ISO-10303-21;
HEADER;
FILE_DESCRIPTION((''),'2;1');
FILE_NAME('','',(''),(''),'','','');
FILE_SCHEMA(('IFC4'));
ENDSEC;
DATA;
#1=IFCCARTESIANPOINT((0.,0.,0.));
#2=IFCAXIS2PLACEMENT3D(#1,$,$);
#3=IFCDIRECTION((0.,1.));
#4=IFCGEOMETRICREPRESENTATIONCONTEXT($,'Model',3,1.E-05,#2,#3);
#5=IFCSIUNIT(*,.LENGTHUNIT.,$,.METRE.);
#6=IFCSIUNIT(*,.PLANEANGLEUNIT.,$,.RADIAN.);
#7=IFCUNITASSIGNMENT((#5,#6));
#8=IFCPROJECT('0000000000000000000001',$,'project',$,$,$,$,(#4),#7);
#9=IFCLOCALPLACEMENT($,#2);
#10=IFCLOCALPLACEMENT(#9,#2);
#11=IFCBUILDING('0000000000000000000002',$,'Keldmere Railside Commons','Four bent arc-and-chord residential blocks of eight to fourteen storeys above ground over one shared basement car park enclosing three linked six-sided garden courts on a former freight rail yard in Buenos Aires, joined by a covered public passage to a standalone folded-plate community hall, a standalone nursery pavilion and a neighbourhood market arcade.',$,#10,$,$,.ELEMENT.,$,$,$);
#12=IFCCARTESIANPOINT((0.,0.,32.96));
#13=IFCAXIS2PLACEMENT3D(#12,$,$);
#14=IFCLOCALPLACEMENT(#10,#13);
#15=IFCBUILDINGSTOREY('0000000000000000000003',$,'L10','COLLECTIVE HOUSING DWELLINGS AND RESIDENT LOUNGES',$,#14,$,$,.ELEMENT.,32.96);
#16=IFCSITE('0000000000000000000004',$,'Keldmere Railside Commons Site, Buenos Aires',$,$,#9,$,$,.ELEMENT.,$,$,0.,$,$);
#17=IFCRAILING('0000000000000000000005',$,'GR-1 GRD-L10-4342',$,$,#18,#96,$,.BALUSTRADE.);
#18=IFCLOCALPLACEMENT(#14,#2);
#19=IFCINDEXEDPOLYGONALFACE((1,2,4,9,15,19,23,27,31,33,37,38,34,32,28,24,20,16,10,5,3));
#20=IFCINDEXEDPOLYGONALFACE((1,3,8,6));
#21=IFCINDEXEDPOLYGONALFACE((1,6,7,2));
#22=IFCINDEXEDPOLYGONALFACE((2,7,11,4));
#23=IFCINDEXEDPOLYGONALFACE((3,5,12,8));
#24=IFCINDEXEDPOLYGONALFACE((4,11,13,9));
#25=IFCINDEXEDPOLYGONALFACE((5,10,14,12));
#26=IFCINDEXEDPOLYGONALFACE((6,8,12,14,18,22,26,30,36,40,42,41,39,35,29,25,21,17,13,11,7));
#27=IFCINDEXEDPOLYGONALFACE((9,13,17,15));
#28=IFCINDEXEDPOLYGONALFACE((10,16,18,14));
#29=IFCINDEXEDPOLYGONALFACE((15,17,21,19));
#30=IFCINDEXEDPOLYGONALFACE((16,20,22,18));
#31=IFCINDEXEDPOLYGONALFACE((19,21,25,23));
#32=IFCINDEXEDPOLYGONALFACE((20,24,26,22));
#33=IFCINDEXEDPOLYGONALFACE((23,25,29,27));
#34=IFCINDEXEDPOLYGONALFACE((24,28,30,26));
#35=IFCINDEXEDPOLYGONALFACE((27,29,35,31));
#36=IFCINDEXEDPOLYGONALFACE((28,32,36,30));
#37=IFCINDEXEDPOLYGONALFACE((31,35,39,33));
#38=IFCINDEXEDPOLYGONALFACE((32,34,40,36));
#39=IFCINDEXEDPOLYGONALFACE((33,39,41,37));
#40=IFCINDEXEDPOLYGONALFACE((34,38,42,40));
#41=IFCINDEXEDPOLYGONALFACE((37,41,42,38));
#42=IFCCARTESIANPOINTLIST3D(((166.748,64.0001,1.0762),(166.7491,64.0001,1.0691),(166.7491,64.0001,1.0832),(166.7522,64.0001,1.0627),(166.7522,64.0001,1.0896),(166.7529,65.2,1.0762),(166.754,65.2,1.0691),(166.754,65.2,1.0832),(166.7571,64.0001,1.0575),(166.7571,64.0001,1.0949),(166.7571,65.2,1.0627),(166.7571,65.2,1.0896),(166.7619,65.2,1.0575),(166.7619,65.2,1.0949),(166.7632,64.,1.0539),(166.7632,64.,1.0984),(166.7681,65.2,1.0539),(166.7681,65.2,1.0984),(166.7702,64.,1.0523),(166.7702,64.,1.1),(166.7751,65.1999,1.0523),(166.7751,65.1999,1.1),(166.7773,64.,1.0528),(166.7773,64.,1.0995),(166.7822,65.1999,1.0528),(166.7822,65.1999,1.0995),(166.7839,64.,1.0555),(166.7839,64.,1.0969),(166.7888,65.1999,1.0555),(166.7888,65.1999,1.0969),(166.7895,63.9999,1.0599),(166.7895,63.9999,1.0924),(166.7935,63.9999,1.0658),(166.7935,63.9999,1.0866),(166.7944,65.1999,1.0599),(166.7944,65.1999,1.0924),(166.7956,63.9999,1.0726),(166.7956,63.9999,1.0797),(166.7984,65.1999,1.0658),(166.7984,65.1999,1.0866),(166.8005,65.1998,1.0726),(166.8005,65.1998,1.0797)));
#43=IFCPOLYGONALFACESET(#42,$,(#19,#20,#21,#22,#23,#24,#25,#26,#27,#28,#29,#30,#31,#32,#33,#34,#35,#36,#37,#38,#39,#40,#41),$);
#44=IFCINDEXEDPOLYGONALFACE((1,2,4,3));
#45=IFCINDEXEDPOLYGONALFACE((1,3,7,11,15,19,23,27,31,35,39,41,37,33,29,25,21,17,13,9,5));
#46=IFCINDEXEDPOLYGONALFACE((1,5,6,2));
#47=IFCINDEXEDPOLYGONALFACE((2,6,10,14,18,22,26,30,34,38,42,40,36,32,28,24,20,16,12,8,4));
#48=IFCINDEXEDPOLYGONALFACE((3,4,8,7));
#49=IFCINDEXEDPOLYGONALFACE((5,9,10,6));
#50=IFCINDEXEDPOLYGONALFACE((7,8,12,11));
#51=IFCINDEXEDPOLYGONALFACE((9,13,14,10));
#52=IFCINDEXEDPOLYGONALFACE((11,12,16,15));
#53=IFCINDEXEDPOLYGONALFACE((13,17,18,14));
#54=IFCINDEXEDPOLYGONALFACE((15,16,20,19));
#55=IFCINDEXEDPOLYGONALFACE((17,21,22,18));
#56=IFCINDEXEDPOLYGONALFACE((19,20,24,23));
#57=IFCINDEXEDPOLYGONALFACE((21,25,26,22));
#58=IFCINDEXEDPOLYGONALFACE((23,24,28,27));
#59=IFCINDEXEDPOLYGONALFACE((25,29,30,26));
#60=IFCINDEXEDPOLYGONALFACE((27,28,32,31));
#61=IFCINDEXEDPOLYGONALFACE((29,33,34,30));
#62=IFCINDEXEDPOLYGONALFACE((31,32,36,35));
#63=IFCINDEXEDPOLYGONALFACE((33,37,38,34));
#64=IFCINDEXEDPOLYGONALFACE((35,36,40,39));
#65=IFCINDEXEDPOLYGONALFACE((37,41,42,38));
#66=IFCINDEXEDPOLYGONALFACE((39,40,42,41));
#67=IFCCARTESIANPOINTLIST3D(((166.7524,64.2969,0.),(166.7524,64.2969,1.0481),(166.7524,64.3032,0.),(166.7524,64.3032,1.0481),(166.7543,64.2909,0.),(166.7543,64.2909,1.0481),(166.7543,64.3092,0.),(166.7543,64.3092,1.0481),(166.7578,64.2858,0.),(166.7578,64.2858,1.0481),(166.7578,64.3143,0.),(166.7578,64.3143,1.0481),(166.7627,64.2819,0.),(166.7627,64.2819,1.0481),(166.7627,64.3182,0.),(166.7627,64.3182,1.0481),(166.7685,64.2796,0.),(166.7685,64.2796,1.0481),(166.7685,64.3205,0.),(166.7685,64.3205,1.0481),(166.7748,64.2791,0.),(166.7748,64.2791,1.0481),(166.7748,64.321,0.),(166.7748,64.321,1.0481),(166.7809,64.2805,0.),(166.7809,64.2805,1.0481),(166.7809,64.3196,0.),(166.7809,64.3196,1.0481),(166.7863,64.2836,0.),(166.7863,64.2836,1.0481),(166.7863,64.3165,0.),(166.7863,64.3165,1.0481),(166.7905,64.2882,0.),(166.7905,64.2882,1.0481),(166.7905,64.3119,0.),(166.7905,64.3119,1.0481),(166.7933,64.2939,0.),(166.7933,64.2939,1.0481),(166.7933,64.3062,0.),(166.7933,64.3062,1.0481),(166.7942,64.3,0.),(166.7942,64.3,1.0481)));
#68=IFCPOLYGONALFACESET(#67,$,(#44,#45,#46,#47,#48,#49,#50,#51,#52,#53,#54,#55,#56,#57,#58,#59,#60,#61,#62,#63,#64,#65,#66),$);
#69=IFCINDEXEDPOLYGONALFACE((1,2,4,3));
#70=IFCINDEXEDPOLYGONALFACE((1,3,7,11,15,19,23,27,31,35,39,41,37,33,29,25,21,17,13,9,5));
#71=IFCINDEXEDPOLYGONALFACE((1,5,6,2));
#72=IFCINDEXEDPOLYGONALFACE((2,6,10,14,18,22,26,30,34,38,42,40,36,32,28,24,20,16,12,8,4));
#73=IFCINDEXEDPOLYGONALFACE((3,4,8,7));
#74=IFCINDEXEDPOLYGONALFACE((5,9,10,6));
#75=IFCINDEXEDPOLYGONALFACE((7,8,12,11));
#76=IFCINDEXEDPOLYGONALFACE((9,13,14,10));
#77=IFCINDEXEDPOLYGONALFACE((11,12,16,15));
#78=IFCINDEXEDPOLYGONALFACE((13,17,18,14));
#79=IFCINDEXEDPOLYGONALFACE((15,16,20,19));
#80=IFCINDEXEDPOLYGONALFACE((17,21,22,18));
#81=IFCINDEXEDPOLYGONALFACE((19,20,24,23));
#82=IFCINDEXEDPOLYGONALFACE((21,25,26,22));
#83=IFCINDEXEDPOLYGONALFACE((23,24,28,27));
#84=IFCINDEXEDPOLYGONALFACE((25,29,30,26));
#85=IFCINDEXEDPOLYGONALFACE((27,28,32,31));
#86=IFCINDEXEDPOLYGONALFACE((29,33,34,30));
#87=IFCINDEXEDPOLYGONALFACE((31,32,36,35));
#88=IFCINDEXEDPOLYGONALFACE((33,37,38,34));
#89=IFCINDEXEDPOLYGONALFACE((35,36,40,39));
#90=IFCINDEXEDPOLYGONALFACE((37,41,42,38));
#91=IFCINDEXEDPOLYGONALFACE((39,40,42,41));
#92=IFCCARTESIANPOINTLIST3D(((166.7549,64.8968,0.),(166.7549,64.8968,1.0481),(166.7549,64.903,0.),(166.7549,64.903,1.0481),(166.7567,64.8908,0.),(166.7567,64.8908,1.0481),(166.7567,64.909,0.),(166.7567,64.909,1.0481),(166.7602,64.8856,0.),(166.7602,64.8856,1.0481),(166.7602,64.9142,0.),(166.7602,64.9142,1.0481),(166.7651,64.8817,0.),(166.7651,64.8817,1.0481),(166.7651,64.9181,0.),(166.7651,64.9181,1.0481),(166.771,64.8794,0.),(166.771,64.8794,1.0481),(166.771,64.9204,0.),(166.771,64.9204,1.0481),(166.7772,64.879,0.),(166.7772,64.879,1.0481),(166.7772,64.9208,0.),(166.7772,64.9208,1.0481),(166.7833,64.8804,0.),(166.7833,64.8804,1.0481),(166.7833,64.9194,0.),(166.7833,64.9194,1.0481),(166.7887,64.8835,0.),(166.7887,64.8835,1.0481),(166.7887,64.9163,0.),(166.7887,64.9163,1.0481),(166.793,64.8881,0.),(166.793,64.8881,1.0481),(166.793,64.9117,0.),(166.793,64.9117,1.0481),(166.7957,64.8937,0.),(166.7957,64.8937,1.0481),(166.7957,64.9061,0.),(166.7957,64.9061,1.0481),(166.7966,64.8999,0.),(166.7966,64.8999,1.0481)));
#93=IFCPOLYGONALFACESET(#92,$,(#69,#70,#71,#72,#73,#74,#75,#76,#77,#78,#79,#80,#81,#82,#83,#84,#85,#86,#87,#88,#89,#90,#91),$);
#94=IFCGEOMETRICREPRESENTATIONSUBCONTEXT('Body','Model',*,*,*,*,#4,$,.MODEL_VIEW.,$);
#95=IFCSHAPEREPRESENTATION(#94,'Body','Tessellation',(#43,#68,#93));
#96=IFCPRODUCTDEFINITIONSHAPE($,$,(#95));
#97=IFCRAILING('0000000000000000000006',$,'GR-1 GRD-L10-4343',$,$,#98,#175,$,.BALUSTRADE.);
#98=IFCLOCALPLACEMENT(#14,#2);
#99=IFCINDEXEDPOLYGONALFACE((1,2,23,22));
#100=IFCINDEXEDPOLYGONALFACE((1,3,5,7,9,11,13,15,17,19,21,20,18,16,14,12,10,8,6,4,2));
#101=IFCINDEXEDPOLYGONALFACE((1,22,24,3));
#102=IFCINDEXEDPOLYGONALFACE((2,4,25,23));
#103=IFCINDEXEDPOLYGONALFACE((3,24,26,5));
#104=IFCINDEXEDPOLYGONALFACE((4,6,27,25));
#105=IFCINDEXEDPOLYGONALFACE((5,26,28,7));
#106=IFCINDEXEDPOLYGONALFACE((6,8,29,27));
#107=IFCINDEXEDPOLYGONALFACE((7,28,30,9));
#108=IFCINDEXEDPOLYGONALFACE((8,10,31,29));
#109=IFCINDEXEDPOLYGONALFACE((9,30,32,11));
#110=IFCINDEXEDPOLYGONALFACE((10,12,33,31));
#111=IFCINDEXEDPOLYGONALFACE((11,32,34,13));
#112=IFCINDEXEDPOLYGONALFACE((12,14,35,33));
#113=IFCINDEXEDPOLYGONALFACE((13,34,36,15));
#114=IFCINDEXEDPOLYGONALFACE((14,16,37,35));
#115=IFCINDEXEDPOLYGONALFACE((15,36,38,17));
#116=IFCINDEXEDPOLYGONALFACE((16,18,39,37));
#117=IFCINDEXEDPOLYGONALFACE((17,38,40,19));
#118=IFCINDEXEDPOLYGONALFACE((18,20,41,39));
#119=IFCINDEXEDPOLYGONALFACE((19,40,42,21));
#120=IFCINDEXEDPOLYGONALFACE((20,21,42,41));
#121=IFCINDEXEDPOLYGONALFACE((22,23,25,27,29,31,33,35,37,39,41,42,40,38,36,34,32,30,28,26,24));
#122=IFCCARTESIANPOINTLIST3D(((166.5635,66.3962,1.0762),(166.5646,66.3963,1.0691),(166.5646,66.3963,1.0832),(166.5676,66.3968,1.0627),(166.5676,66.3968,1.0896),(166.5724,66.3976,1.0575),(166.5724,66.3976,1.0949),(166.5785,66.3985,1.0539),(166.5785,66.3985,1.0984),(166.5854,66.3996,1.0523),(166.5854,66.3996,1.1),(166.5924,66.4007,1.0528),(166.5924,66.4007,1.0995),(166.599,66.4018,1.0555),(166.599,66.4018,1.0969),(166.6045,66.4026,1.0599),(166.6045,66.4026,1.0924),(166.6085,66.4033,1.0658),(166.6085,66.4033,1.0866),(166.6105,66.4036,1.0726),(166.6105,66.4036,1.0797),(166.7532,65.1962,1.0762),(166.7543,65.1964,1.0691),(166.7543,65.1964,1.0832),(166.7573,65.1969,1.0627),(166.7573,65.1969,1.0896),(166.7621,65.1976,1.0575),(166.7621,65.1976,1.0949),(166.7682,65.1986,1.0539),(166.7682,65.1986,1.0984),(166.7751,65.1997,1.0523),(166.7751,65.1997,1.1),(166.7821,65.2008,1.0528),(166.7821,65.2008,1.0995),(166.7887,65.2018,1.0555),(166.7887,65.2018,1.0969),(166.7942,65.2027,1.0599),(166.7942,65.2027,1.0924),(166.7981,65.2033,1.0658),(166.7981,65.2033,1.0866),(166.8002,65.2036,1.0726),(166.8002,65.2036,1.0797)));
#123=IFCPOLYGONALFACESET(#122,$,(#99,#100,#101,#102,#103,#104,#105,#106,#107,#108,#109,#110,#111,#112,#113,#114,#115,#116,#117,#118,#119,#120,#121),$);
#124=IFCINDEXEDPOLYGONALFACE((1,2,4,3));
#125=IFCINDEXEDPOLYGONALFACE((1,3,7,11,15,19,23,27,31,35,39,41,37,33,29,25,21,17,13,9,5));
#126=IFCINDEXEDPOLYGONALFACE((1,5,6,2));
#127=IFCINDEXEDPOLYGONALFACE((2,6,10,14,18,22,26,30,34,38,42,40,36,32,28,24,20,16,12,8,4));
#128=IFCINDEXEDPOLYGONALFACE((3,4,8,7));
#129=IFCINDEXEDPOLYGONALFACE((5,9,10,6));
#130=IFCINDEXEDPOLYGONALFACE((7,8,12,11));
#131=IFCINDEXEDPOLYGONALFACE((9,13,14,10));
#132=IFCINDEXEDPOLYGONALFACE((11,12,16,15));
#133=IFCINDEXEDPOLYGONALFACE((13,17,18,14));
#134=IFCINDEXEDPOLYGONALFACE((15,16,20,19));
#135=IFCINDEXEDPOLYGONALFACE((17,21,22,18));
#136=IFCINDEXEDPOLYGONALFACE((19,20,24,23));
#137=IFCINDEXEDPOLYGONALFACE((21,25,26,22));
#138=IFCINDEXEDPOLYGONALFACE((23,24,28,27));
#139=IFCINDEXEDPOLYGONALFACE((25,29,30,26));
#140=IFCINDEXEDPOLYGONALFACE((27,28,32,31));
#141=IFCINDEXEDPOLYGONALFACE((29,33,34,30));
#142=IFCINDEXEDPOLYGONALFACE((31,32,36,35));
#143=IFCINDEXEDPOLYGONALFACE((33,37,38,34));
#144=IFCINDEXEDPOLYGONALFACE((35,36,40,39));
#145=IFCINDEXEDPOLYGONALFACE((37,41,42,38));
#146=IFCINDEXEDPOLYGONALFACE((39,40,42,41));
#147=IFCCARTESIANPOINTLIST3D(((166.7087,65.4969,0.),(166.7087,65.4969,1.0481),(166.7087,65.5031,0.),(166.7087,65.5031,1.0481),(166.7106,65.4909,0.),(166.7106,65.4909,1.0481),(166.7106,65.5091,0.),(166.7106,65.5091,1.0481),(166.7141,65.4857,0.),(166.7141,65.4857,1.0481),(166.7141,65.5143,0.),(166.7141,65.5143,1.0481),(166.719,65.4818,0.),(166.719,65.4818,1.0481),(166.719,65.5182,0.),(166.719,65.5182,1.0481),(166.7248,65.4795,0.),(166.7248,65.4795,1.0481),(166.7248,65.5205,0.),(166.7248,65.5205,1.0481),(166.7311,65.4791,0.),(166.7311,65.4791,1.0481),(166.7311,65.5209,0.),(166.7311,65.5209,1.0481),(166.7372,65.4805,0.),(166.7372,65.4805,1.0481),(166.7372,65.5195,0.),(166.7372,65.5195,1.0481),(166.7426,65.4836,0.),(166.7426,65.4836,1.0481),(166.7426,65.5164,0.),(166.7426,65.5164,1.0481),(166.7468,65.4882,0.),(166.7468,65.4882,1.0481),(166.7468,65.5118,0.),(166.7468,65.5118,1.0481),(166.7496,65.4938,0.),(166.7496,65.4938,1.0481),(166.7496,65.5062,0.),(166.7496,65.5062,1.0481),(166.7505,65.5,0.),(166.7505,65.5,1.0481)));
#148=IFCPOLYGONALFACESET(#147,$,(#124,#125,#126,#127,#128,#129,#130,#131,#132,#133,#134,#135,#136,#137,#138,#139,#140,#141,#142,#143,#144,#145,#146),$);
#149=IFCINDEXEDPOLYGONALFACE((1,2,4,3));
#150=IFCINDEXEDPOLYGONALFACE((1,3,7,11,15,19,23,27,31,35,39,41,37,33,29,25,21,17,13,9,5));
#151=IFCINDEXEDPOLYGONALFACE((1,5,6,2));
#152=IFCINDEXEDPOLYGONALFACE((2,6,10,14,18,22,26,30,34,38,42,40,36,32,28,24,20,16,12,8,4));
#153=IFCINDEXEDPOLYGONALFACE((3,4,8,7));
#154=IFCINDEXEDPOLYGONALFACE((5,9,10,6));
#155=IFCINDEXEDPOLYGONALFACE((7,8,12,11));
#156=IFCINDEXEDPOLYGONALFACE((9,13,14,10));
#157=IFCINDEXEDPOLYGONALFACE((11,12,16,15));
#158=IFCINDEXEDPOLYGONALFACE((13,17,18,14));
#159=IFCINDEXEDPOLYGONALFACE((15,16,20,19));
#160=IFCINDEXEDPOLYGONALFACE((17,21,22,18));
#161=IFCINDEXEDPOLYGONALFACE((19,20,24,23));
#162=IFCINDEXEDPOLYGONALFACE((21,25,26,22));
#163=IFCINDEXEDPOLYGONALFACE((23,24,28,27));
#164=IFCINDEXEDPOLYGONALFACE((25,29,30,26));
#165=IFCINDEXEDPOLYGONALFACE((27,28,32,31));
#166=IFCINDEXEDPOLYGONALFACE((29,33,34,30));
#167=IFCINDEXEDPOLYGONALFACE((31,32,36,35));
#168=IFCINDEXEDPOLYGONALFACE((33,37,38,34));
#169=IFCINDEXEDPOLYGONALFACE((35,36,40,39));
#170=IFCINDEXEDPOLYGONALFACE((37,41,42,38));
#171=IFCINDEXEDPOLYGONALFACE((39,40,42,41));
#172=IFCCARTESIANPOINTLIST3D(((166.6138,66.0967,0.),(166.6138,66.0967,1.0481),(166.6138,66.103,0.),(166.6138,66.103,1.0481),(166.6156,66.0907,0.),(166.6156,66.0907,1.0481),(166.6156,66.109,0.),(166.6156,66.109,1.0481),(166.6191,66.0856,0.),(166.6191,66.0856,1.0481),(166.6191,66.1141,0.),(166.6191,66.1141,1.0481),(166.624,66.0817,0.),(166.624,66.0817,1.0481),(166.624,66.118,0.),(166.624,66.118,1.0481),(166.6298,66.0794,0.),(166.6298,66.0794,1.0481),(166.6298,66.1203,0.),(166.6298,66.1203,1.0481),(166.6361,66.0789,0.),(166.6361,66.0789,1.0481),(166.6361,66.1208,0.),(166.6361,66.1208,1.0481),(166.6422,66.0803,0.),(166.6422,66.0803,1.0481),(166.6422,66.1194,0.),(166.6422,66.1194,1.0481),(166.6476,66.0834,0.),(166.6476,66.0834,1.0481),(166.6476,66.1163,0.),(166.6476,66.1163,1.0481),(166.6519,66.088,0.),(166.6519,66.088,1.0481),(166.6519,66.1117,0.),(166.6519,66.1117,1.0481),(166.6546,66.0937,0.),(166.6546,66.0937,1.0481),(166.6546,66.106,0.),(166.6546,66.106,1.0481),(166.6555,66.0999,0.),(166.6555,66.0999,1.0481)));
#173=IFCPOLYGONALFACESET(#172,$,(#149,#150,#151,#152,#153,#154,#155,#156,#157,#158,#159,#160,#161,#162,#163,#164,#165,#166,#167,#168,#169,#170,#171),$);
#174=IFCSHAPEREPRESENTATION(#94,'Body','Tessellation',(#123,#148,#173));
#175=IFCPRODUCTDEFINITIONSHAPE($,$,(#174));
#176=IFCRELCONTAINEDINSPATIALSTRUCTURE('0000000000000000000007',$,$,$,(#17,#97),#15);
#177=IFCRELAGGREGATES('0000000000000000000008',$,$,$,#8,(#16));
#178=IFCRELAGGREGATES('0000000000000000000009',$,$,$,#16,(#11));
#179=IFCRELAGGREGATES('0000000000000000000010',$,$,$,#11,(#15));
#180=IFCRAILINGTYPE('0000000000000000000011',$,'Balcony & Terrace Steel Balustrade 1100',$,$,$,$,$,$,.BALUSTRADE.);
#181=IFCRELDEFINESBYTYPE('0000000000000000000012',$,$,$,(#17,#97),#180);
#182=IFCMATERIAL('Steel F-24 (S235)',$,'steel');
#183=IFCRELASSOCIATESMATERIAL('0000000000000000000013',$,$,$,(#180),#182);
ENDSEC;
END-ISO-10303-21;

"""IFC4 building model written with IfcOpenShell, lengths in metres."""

from ifc_helpers import new_model, si_unit, direction, frame, origin, origin_2d, place, context, subcontext, project, spatial, circle, extrude, material, type_object, element, save


model = new_model("IFC4")

# Units and contexts
model_context = context("Model", 3, precision=1e-05, world=origin(), true_north=direction((0.0, 1.0)))
body_context = subcontext(model_context, "Body", "Model", "MODEL_VIEW")
ifc_project = project(units=[si_unit("LENGTHUNIT", "METRE"), si_unit("PLANEANGLEUNIT", "RADIAN")], contexts=[model_context])

# Site, building, storey
site_placement = place(None, origin())
site = spatial("IfcSite", under=ifc_project, at=site_placement, Name="Keldmere Railside Commons Site, Buenos Aires", CompositionType="ELEMENT", RefElevation=0.0)
building_placement = place(site_placement, origin())
building = spatial("IfcBuilding", under=site, at=building_placement, Name="Keldmere Railside Commons", Description="Four bent arc-and-chord residential blocks of eight to fourteen storeys above ground over one shared basement car park enclosing three linked six-sided garden courts on a former freight rail yard in Buenos Aires, joined by a covered public passage to a standalone folded-plate community hall, a standalone nursery pavilion and a neighbourhood market arcade.", CompositionType="ELEMENT")
storey_placement = place(building_placement, frame((0.0, 0.0, 32.96)))
storey = spatial("IfcBuildingStorey", under=building, at=storey_placement, Name="L10", Description="COLLECTIVE HOUSING DWELLINGS AND RESIDENT LOUNGES", CompositionType="ELEMENT", Elevation=32.96)

# Railings
ifc_material_1 = material(Name="Steel F-24 (S235)", Category="steel")
railing_type = type_object("IfcRailingType", Name="Balcony & Terrace Steel Balustrade 1100", PredefinedType="BALUSTRADE", material=ifc_material_1)
railing_1_placement = place(storey_placement, frame((166.772, 64.0, 0.0)))
element("IfcRailing", 1, at=railing_1_placement, inside=storey, type_object=railing_type, Name="GR-1 GRD-L10-4342", PredefinedType="BALUSTRADE", context=body_context, shape_type="SweptSolid", body=[
    extrude(circle(Radius=0.0239, at=origin_2d()), frame((0.0, 0.0, 1.0762), z_axis=(0.004069, 0.999992, 0.0), x_axis=(-0.999992, 0.004069, 0.0)), (0.0, 0.0, 1.0), 1.2),
    extrude(circle(Radius=0.021, at=origin_2d()), frame((0.0012, 0.3, 0.0)), (0.0, 0.0, 1.0), 1.0481),
    extrude(circle(Radius=0.021, at=origin_2d()), frame((0.0037, 0.8999, 0.0)), (0.0, 0.0, 1.0), 1.0481),
])
railing_2_placement = place(storey_placement, frame((166.7769, 65.2, 0.0)))
element("IfcRailing", 2, at=railing_2_placement, inside=storey, type_object=railing_type, Name="GR-1 GRD-L10-4343", PredefinedType="BALUSTRADE", context=body_context, shape_type="SweptSolid", body=[
    extrude(circle(Radius=0.0239, at=origin_2d()), frame((0.0, 0.0, 1.0762), z_axis=(-0.156148, 0.987734, 0.0), x_axis=(-0.987734, -0.156148, 0.0)), (0.0, 0.0, 1.0), 1.2148),
    extrude(circle(Radius=0.021, at=origin_2d()), frame((-0.0474, 0.3, 0.0)), (0.0, 0.0, 1.0), 1.0481),
    extrude(circle(Radius=0.021, at=origin_2d()), frame((-0.1423, 0.8999, 0.0)), (0.0, 0.0, 1.0), 1.0481),
])

save(model, "model.ifc")
